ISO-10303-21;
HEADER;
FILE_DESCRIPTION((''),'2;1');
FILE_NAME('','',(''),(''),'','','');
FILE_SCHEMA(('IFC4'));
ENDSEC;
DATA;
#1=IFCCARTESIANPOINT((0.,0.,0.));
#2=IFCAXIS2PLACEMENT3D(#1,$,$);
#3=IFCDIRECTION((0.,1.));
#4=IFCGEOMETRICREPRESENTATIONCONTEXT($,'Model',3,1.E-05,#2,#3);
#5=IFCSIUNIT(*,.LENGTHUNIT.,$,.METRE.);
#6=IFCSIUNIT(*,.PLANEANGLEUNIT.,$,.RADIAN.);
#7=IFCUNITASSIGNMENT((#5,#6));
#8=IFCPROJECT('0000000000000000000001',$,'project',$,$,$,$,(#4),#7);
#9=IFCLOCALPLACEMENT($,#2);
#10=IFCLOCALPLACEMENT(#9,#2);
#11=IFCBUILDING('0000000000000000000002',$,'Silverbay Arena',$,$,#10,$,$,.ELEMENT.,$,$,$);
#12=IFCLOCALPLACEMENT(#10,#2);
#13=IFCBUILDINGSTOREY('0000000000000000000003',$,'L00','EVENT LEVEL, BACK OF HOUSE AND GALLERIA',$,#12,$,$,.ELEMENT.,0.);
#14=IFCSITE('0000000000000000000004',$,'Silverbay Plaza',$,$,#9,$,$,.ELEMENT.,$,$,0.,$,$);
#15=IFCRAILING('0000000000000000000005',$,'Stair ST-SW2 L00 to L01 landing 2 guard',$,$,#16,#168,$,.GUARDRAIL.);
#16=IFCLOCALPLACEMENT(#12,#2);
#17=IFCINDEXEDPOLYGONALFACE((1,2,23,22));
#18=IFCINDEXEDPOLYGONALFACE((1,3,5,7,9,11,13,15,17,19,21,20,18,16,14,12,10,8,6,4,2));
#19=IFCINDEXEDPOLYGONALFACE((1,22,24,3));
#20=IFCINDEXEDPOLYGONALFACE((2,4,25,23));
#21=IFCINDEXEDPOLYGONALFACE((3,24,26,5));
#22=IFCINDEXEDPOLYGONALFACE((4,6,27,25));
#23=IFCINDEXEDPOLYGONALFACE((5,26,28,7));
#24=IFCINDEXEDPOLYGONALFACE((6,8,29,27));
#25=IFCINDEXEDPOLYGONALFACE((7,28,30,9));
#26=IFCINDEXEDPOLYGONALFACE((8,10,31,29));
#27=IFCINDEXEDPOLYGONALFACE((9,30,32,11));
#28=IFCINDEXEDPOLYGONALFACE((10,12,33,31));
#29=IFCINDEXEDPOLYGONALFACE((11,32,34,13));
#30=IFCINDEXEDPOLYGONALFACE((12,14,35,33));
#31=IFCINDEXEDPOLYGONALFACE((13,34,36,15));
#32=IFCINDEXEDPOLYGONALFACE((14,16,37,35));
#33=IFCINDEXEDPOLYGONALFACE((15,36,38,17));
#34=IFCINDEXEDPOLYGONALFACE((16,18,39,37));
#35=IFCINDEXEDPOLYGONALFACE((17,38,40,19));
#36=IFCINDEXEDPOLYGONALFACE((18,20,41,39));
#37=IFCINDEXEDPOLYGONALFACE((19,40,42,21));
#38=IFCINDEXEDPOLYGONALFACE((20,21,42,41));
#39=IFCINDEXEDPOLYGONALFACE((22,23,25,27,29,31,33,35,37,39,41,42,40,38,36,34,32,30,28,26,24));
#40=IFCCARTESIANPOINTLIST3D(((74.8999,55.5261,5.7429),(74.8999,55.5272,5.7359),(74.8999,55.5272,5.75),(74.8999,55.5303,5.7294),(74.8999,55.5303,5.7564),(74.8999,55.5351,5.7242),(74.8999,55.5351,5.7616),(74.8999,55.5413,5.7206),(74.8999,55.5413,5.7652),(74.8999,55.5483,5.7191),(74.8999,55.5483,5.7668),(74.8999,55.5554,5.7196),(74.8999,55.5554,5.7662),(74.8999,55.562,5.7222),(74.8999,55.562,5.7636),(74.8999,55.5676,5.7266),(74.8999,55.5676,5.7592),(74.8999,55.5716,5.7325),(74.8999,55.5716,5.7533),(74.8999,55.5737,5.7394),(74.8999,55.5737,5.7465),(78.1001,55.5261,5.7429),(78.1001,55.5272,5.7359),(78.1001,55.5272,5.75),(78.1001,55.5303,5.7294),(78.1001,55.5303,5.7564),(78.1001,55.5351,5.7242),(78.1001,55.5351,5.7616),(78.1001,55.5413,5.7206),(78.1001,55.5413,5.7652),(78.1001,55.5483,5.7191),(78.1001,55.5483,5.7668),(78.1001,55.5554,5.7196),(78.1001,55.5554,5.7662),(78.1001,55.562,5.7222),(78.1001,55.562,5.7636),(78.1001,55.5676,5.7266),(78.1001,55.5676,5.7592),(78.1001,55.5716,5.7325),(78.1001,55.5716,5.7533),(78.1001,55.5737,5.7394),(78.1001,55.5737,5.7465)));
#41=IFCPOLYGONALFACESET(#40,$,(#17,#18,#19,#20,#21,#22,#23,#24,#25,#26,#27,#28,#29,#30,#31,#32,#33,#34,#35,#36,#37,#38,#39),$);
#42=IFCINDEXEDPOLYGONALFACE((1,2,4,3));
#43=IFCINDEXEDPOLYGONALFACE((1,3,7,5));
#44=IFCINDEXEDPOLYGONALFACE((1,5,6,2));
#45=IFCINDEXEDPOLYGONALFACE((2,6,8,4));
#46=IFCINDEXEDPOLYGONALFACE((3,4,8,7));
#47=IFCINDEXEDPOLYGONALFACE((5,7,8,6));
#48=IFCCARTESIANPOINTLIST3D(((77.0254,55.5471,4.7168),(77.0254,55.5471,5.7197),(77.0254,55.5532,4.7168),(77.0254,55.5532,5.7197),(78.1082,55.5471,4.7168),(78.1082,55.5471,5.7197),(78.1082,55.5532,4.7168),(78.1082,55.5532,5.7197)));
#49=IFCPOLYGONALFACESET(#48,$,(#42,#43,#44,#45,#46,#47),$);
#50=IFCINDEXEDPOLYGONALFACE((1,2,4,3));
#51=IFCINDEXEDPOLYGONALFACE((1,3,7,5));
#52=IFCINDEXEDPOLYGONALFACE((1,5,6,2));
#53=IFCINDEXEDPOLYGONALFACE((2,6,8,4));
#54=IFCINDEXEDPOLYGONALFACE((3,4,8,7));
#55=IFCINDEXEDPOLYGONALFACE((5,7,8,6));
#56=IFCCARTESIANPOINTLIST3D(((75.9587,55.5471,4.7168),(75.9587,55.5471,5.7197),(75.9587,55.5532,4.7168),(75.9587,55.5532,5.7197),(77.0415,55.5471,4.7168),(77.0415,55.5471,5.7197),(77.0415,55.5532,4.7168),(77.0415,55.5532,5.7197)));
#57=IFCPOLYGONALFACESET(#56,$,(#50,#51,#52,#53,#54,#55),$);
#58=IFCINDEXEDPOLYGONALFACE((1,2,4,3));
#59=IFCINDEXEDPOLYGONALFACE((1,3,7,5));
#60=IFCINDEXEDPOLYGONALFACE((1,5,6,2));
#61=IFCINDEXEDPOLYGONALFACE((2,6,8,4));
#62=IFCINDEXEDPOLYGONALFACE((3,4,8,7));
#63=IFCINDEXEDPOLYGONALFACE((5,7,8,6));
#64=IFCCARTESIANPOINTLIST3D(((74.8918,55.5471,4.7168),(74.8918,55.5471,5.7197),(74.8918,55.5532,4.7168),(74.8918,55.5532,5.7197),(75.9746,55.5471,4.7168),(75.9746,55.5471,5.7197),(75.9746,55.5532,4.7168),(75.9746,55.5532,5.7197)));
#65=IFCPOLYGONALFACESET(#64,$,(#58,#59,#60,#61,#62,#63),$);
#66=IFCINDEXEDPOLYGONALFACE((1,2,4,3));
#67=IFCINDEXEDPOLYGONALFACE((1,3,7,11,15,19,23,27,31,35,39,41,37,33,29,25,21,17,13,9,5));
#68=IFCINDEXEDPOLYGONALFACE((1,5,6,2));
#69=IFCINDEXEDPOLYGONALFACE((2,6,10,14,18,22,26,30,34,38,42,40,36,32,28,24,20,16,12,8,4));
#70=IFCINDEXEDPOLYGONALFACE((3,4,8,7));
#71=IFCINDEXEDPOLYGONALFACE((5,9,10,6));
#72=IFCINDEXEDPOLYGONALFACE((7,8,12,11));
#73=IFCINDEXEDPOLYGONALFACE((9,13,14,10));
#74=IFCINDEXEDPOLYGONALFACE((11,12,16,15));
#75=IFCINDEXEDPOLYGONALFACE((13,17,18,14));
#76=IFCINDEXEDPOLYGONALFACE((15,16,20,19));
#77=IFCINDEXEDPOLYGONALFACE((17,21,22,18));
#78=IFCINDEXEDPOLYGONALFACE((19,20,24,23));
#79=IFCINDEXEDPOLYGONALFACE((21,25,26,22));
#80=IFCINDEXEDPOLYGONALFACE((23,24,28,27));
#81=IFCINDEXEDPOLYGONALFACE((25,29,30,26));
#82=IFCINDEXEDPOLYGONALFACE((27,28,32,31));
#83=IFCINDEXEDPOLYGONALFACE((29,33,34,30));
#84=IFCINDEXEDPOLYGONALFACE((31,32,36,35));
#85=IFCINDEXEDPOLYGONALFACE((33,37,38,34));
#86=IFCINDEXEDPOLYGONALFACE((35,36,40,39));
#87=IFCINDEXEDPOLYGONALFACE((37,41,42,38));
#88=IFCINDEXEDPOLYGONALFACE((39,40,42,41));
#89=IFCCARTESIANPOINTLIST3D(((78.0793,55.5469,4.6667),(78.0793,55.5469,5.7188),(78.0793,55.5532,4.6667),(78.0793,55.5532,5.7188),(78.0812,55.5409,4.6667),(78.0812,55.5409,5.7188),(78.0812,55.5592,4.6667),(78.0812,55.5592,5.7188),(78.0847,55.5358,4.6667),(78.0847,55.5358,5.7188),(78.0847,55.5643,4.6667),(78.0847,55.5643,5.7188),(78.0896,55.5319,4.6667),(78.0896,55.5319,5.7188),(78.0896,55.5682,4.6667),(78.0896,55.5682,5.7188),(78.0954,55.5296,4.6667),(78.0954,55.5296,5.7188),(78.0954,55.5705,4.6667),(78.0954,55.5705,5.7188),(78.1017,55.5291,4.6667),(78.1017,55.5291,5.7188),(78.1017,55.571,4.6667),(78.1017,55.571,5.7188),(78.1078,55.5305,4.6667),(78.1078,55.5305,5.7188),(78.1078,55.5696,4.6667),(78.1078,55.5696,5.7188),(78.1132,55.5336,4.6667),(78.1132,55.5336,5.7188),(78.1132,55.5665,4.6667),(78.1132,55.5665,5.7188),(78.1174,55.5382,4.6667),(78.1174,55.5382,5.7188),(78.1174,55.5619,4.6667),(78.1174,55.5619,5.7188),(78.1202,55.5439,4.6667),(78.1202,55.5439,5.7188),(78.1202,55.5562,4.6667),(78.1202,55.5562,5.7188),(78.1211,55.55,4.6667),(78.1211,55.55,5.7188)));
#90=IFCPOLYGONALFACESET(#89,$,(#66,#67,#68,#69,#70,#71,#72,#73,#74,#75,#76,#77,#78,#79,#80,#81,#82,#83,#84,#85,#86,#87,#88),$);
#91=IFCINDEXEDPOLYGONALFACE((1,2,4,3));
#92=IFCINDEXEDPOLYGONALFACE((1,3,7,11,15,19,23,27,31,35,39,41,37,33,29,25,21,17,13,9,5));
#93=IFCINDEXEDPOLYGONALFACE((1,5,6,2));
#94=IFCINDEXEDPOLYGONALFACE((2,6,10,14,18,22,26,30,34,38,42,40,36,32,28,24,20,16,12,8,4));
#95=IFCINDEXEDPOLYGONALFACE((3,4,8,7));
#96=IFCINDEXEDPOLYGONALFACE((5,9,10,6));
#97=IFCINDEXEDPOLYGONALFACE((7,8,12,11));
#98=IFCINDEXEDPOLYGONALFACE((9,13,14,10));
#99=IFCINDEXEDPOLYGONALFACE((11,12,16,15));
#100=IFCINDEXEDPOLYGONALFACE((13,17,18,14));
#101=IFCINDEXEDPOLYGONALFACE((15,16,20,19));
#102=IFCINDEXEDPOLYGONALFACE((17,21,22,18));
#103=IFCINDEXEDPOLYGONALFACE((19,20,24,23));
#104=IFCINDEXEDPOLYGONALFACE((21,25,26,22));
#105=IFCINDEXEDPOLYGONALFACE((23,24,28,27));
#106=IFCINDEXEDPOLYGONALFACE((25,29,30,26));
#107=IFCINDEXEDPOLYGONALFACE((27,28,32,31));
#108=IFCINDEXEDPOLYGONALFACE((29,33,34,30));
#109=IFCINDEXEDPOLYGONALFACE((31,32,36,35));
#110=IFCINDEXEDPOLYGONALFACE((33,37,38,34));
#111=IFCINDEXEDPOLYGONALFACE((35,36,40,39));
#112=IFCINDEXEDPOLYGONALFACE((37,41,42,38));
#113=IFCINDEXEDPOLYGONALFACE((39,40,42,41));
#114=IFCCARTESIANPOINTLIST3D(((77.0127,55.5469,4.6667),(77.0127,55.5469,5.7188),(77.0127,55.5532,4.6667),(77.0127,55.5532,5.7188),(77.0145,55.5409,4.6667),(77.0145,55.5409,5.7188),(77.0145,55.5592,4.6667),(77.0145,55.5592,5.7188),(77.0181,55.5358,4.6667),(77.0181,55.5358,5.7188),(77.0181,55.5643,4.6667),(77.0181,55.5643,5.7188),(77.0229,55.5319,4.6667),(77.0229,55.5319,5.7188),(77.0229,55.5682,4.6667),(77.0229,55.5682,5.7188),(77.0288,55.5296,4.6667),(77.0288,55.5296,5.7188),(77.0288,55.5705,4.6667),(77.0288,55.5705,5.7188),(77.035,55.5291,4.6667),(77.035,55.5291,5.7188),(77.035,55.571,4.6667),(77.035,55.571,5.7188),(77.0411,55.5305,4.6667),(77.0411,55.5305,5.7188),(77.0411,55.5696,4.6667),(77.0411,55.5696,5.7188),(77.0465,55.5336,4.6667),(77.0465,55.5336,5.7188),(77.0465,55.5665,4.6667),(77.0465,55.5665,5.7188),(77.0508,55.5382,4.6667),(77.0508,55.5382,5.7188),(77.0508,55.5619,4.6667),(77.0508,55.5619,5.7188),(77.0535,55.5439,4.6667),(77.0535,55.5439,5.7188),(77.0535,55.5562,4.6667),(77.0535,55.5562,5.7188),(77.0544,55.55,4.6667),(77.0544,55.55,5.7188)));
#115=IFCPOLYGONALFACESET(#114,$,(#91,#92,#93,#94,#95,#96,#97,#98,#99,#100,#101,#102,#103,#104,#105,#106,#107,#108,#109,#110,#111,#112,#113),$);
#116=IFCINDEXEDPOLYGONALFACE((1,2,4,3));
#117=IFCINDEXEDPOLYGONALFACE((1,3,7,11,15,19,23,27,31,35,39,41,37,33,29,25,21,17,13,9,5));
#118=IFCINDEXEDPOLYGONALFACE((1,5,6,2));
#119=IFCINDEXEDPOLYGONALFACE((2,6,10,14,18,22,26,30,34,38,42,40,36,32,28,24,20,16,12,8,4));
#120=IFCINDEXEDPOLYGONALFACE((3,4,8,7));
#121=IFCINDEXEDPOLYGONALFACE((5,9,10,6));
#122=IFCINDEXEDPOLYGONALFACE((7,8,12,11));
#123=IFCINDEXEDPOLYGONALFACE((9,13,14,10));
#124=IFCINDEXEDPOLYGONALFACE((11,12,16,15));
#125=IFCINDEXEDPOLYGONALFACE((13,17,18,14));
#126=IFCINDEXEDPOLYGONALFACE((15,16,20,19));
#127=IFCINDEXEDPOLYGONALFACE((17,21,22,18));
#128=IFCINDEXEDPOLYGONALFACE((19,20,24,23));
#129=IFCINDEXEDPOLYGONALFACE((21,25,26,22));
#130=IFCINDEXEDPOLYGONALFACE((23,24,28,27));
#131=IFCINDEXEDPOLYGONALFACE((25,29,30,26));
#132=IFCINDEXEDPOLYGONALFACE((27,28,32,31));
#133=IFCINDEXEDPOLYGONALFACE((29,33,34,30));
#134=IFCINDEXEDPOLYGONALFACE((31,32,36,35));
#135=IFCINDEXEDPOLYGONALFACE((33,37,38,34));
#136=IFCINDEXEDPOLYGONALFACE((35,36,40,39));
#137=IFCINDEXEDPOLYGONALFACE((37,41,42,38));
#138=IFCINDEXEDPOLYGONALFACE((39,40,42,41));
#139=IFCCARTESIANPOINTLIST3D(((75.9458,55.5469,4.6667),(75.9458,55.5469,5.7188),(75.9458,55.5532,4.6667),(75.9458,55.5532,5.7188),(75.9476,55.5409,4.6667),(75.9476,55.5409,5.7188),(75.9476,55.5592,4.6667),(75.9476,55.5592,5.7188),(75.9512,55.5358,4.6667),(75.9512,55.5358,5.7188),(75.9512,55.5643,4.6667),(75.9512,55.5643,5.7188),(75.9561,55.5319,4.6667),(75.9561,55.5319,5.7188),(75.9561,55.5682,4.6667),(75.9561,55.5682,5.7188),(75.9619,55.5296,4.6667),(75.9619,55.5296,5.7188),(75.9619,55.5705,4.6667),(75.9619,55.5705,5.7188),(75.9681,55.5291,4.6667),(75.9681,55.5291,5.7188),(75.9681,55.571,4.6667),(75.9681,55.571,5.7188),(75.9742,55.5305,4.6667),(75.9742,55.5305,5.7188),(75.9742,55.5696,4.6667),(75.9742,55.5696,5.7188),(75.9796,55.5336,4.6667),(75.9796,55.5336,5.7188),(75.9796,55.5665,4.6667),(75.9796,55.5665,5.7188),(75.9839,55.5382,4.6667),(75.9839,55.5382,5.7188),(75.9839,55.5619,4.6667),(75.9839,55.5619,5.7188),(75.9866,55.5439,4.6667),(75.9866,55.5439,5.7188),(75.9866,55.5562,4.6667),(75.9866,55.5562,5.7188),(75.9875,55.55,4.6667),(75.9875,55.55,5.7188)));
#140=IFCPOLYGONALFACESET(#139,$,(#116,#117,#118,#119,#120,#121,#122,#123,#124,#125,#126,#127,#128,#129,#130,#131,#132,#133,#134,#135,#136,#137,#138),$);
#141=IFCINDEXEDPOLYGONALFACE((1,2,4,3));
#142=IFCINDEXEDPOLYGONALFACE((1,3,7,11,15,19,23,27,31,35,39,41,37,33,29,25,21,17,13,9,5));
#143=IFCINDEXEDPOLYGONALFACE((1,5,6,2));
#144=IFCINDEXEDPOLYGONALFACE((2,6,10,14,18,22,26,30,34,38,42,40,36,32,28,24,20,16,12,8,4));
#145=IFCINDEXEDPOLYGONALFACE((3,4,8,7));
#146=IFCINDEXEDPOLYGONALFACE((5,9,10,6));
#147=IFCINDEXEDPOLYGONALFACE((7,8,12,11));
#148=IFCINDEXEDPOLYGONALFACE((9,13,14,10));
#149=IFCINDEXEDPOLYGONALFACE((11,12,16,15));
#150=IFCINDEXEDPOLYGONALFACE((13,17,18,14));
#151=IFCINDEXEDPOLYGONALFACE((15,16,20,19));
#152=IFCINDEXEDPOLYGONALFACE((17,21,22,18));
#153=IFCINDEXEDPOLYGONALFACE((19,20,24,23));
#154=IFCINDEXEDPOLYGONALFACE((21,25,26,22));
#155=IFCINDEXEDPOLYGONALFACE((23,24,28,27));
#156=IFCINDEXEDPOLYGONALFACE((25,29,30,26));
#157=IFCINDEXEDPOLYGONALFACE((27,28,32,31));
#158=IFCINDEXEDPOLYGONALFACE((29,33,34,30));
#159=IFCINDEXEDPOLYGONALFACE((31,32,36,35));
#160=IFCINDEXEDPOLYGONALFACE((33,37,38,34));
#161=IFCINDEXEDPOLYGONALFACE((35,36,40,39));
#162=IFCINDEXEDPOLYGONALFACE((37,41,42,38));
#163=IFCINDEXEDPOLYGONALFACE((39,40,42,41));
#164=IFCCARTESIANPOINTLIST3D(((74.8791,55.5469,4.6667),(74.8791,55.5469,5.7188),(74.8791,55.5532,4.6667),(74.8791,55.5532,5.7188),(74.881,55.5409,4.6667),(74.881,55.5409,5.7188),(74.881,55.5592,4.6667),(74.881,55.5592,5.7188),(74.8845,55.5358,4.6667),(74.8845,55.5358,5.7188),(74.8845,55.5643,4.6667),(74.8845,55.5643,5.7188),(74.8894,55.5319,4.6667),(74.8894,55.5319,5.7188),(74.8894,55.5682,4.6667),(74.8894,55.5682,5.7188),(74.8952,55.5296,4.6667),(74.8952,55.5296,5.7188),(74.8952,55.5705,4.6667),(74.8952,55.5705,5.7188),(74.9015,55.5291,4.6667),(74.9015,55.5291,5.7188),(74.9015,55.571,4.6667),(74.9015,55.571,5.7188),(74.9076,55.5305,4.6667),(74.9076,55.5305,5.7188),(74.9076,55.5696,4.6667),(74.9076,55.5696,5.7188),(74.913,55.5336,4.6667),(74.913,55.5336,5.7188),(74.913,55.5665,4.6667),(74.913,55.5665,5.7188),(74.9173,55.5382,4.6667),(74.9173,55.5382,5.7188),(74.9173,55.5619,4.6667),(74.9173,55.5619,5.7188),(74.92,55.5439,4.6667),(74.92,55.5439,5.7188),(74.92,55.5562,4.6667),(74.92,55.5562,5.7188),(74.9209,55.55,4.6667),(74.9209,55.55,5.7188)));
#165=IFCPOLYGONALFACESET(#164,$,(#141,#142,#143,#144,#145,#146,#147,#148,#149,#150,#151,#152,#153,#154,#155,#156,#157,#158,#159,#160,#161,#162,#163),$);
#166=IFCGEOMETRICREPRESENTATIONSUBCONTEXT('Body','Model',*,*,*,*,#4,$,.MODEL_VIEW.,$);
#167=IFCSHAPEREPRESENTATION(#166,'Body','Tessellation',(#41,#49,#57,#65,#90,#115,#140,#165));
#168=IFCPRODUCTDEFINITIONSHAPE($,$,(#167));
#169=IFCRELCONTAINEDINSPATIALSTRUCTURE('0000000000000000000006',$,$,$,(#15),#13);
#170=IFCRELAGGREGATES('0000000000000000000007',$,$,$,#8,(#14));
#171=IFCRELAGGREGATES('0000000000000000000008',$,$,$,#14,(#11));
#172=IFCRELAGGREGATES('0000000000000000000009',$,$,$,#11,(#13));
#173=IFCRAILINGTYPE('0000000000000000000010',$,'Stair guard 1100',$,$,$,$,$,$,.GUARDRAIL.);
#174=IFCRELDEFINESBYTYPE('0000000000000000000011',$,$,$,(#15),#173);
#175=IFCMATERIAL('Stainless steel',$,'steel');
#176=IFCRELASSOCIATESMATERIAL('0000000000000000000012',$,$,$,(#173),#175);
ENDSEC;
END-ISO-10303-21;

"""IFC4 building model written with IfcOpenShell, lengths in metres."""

from ifc_helpers import new_model, si_unit, direction, frame, origin, origin_2d, place, context, subcontext, project, spatial, polyline, circle, outline, extrude, material, type_object, element, save


model = new_model("IFC4")

# Units and contexts
model_context = context("Model", 3, precision=1e-05, world=origin(), true_north=direction((0.0, 1.0)))
body_context = subcontext(model_context, "Body", "Model", "MODEL_VIEW")
ifc_project = project(units=[si_unit("LENGTHUNIT", "METRE"), si_unit("PLANEANGLEUNIT", "RADIAN")], contexts=[model_context])

# Site, building, storey
site_placement = place(None, origin())
site = spatial("IfcSite", under=ifc_project, at=site_placement, Name="Silverbay Plaza", CompositionType="ELEMENT", RefElevation=0.0)
building_placement = place(site_placement, origin())
building = spatial("IfcBuilding", under=site, at=building_placement, Name="Silverbay Arena", CompositionType="ELEMENT")
storey_placement = place(building_placement, origin())
storey = spatial("IfcBuildingStorey", under=building, at=storey_placement, Name="L00", Description="EVENT LEVEL, BACK OF HOUSE AND GALLERIA", CompositionType="ELEMENT", Elevation=0.0)

# Railing
ifc_material_1 = material(Name="Stainless steel", Category="steel")
railing_type_1 = type_object("IfcRailingType", Name="Stair guard 1100", PredefinedType="GUARDRAIL", material=ifc_material_1)
for number, where, name in (
    (1, (78.1001, 55.55, 4.6667), "Stair ST-SW2 L00 to L01 landing 2 guard"),
):
    element("IfcRailing", number, at=place(storey_placement, frame(where)), inside=storey, type_object=railing_type_1, Name=name, PredefinedType="GUARDRAIL", context=body_context, shape_type="SweptSolid", body=[
        extrude(circle(Radius=0.0239, at=origin_2d()), frame((0.0, 0.0, 1.0762), z_axis=(-1.0, 0.0, 0.0), x_axis=(0.0, -1.0, 0.0)), (0.0, 0.0, 1.0), 3.2002),
        extrude(outline(polyline([(-0.0081, 0.05), (1.0747, 0.05), (1.0747, 1.053), (-0.0081, 1.053), (-0.0081, 0.05)])), frame((0.0, -0.0029, 0.0), z_axis=(0.0, 1.0, 0.0), x_axis=(-1.0, 0.0, 0.0)), (0.0, 0.0, 1.0), 0.0061),
        extrude(outline(polyline([(-0.0081, 0.05), (1.0747, 0.05), (1.0747, 1.053), (-0.0081, 1.053), (-0.0081, 0.05)])), frame((-1.0667, -0.0029, 0.0), z_axis=(0.0, 1.0, 0.0), x_axis=(-1.0, 0.0, 0.0)), (0.0, 0.0, 1.0), 0.0061),
        extrude(outline(polyline([(-0.0081, 0.05), (1.0747, 0.05), (1.0747, 1.053), (-0.0081, 1.053), (-0.0081, 0.05)])), frame((-2.1335, -0.0029, 0.0), z_axis=(0.0, 1.0, 0.0), x_axis=(-1.0, 0.0, 0.0)), (0.0, 0.0, 1.0), 0.0061),
        extrude(circle(Radius=0.021, at=origin_2d()), origin(), (0.0, 0.0, 1.0), 1.052),
        extrude(circle(Radius=0.021, at=origin_2d()), frame((-1.0667, 0.0, 0.0)), (0.0, 0.0, 1.0), 1.052),
        extrude(circle(Radius=0.021, at=origin_2d()), frame((-2.1335, 0.0, 0.0)), (0.0, 0.0, 1.0), 1.052),
        extrude(circle(Radius=0.021, at=origin_2d()), frame((-3.2002, 0.0, 0.0)), (0.0, 0.0, 1.0), 1.052),
    ])

save(model, "model.ifc")
